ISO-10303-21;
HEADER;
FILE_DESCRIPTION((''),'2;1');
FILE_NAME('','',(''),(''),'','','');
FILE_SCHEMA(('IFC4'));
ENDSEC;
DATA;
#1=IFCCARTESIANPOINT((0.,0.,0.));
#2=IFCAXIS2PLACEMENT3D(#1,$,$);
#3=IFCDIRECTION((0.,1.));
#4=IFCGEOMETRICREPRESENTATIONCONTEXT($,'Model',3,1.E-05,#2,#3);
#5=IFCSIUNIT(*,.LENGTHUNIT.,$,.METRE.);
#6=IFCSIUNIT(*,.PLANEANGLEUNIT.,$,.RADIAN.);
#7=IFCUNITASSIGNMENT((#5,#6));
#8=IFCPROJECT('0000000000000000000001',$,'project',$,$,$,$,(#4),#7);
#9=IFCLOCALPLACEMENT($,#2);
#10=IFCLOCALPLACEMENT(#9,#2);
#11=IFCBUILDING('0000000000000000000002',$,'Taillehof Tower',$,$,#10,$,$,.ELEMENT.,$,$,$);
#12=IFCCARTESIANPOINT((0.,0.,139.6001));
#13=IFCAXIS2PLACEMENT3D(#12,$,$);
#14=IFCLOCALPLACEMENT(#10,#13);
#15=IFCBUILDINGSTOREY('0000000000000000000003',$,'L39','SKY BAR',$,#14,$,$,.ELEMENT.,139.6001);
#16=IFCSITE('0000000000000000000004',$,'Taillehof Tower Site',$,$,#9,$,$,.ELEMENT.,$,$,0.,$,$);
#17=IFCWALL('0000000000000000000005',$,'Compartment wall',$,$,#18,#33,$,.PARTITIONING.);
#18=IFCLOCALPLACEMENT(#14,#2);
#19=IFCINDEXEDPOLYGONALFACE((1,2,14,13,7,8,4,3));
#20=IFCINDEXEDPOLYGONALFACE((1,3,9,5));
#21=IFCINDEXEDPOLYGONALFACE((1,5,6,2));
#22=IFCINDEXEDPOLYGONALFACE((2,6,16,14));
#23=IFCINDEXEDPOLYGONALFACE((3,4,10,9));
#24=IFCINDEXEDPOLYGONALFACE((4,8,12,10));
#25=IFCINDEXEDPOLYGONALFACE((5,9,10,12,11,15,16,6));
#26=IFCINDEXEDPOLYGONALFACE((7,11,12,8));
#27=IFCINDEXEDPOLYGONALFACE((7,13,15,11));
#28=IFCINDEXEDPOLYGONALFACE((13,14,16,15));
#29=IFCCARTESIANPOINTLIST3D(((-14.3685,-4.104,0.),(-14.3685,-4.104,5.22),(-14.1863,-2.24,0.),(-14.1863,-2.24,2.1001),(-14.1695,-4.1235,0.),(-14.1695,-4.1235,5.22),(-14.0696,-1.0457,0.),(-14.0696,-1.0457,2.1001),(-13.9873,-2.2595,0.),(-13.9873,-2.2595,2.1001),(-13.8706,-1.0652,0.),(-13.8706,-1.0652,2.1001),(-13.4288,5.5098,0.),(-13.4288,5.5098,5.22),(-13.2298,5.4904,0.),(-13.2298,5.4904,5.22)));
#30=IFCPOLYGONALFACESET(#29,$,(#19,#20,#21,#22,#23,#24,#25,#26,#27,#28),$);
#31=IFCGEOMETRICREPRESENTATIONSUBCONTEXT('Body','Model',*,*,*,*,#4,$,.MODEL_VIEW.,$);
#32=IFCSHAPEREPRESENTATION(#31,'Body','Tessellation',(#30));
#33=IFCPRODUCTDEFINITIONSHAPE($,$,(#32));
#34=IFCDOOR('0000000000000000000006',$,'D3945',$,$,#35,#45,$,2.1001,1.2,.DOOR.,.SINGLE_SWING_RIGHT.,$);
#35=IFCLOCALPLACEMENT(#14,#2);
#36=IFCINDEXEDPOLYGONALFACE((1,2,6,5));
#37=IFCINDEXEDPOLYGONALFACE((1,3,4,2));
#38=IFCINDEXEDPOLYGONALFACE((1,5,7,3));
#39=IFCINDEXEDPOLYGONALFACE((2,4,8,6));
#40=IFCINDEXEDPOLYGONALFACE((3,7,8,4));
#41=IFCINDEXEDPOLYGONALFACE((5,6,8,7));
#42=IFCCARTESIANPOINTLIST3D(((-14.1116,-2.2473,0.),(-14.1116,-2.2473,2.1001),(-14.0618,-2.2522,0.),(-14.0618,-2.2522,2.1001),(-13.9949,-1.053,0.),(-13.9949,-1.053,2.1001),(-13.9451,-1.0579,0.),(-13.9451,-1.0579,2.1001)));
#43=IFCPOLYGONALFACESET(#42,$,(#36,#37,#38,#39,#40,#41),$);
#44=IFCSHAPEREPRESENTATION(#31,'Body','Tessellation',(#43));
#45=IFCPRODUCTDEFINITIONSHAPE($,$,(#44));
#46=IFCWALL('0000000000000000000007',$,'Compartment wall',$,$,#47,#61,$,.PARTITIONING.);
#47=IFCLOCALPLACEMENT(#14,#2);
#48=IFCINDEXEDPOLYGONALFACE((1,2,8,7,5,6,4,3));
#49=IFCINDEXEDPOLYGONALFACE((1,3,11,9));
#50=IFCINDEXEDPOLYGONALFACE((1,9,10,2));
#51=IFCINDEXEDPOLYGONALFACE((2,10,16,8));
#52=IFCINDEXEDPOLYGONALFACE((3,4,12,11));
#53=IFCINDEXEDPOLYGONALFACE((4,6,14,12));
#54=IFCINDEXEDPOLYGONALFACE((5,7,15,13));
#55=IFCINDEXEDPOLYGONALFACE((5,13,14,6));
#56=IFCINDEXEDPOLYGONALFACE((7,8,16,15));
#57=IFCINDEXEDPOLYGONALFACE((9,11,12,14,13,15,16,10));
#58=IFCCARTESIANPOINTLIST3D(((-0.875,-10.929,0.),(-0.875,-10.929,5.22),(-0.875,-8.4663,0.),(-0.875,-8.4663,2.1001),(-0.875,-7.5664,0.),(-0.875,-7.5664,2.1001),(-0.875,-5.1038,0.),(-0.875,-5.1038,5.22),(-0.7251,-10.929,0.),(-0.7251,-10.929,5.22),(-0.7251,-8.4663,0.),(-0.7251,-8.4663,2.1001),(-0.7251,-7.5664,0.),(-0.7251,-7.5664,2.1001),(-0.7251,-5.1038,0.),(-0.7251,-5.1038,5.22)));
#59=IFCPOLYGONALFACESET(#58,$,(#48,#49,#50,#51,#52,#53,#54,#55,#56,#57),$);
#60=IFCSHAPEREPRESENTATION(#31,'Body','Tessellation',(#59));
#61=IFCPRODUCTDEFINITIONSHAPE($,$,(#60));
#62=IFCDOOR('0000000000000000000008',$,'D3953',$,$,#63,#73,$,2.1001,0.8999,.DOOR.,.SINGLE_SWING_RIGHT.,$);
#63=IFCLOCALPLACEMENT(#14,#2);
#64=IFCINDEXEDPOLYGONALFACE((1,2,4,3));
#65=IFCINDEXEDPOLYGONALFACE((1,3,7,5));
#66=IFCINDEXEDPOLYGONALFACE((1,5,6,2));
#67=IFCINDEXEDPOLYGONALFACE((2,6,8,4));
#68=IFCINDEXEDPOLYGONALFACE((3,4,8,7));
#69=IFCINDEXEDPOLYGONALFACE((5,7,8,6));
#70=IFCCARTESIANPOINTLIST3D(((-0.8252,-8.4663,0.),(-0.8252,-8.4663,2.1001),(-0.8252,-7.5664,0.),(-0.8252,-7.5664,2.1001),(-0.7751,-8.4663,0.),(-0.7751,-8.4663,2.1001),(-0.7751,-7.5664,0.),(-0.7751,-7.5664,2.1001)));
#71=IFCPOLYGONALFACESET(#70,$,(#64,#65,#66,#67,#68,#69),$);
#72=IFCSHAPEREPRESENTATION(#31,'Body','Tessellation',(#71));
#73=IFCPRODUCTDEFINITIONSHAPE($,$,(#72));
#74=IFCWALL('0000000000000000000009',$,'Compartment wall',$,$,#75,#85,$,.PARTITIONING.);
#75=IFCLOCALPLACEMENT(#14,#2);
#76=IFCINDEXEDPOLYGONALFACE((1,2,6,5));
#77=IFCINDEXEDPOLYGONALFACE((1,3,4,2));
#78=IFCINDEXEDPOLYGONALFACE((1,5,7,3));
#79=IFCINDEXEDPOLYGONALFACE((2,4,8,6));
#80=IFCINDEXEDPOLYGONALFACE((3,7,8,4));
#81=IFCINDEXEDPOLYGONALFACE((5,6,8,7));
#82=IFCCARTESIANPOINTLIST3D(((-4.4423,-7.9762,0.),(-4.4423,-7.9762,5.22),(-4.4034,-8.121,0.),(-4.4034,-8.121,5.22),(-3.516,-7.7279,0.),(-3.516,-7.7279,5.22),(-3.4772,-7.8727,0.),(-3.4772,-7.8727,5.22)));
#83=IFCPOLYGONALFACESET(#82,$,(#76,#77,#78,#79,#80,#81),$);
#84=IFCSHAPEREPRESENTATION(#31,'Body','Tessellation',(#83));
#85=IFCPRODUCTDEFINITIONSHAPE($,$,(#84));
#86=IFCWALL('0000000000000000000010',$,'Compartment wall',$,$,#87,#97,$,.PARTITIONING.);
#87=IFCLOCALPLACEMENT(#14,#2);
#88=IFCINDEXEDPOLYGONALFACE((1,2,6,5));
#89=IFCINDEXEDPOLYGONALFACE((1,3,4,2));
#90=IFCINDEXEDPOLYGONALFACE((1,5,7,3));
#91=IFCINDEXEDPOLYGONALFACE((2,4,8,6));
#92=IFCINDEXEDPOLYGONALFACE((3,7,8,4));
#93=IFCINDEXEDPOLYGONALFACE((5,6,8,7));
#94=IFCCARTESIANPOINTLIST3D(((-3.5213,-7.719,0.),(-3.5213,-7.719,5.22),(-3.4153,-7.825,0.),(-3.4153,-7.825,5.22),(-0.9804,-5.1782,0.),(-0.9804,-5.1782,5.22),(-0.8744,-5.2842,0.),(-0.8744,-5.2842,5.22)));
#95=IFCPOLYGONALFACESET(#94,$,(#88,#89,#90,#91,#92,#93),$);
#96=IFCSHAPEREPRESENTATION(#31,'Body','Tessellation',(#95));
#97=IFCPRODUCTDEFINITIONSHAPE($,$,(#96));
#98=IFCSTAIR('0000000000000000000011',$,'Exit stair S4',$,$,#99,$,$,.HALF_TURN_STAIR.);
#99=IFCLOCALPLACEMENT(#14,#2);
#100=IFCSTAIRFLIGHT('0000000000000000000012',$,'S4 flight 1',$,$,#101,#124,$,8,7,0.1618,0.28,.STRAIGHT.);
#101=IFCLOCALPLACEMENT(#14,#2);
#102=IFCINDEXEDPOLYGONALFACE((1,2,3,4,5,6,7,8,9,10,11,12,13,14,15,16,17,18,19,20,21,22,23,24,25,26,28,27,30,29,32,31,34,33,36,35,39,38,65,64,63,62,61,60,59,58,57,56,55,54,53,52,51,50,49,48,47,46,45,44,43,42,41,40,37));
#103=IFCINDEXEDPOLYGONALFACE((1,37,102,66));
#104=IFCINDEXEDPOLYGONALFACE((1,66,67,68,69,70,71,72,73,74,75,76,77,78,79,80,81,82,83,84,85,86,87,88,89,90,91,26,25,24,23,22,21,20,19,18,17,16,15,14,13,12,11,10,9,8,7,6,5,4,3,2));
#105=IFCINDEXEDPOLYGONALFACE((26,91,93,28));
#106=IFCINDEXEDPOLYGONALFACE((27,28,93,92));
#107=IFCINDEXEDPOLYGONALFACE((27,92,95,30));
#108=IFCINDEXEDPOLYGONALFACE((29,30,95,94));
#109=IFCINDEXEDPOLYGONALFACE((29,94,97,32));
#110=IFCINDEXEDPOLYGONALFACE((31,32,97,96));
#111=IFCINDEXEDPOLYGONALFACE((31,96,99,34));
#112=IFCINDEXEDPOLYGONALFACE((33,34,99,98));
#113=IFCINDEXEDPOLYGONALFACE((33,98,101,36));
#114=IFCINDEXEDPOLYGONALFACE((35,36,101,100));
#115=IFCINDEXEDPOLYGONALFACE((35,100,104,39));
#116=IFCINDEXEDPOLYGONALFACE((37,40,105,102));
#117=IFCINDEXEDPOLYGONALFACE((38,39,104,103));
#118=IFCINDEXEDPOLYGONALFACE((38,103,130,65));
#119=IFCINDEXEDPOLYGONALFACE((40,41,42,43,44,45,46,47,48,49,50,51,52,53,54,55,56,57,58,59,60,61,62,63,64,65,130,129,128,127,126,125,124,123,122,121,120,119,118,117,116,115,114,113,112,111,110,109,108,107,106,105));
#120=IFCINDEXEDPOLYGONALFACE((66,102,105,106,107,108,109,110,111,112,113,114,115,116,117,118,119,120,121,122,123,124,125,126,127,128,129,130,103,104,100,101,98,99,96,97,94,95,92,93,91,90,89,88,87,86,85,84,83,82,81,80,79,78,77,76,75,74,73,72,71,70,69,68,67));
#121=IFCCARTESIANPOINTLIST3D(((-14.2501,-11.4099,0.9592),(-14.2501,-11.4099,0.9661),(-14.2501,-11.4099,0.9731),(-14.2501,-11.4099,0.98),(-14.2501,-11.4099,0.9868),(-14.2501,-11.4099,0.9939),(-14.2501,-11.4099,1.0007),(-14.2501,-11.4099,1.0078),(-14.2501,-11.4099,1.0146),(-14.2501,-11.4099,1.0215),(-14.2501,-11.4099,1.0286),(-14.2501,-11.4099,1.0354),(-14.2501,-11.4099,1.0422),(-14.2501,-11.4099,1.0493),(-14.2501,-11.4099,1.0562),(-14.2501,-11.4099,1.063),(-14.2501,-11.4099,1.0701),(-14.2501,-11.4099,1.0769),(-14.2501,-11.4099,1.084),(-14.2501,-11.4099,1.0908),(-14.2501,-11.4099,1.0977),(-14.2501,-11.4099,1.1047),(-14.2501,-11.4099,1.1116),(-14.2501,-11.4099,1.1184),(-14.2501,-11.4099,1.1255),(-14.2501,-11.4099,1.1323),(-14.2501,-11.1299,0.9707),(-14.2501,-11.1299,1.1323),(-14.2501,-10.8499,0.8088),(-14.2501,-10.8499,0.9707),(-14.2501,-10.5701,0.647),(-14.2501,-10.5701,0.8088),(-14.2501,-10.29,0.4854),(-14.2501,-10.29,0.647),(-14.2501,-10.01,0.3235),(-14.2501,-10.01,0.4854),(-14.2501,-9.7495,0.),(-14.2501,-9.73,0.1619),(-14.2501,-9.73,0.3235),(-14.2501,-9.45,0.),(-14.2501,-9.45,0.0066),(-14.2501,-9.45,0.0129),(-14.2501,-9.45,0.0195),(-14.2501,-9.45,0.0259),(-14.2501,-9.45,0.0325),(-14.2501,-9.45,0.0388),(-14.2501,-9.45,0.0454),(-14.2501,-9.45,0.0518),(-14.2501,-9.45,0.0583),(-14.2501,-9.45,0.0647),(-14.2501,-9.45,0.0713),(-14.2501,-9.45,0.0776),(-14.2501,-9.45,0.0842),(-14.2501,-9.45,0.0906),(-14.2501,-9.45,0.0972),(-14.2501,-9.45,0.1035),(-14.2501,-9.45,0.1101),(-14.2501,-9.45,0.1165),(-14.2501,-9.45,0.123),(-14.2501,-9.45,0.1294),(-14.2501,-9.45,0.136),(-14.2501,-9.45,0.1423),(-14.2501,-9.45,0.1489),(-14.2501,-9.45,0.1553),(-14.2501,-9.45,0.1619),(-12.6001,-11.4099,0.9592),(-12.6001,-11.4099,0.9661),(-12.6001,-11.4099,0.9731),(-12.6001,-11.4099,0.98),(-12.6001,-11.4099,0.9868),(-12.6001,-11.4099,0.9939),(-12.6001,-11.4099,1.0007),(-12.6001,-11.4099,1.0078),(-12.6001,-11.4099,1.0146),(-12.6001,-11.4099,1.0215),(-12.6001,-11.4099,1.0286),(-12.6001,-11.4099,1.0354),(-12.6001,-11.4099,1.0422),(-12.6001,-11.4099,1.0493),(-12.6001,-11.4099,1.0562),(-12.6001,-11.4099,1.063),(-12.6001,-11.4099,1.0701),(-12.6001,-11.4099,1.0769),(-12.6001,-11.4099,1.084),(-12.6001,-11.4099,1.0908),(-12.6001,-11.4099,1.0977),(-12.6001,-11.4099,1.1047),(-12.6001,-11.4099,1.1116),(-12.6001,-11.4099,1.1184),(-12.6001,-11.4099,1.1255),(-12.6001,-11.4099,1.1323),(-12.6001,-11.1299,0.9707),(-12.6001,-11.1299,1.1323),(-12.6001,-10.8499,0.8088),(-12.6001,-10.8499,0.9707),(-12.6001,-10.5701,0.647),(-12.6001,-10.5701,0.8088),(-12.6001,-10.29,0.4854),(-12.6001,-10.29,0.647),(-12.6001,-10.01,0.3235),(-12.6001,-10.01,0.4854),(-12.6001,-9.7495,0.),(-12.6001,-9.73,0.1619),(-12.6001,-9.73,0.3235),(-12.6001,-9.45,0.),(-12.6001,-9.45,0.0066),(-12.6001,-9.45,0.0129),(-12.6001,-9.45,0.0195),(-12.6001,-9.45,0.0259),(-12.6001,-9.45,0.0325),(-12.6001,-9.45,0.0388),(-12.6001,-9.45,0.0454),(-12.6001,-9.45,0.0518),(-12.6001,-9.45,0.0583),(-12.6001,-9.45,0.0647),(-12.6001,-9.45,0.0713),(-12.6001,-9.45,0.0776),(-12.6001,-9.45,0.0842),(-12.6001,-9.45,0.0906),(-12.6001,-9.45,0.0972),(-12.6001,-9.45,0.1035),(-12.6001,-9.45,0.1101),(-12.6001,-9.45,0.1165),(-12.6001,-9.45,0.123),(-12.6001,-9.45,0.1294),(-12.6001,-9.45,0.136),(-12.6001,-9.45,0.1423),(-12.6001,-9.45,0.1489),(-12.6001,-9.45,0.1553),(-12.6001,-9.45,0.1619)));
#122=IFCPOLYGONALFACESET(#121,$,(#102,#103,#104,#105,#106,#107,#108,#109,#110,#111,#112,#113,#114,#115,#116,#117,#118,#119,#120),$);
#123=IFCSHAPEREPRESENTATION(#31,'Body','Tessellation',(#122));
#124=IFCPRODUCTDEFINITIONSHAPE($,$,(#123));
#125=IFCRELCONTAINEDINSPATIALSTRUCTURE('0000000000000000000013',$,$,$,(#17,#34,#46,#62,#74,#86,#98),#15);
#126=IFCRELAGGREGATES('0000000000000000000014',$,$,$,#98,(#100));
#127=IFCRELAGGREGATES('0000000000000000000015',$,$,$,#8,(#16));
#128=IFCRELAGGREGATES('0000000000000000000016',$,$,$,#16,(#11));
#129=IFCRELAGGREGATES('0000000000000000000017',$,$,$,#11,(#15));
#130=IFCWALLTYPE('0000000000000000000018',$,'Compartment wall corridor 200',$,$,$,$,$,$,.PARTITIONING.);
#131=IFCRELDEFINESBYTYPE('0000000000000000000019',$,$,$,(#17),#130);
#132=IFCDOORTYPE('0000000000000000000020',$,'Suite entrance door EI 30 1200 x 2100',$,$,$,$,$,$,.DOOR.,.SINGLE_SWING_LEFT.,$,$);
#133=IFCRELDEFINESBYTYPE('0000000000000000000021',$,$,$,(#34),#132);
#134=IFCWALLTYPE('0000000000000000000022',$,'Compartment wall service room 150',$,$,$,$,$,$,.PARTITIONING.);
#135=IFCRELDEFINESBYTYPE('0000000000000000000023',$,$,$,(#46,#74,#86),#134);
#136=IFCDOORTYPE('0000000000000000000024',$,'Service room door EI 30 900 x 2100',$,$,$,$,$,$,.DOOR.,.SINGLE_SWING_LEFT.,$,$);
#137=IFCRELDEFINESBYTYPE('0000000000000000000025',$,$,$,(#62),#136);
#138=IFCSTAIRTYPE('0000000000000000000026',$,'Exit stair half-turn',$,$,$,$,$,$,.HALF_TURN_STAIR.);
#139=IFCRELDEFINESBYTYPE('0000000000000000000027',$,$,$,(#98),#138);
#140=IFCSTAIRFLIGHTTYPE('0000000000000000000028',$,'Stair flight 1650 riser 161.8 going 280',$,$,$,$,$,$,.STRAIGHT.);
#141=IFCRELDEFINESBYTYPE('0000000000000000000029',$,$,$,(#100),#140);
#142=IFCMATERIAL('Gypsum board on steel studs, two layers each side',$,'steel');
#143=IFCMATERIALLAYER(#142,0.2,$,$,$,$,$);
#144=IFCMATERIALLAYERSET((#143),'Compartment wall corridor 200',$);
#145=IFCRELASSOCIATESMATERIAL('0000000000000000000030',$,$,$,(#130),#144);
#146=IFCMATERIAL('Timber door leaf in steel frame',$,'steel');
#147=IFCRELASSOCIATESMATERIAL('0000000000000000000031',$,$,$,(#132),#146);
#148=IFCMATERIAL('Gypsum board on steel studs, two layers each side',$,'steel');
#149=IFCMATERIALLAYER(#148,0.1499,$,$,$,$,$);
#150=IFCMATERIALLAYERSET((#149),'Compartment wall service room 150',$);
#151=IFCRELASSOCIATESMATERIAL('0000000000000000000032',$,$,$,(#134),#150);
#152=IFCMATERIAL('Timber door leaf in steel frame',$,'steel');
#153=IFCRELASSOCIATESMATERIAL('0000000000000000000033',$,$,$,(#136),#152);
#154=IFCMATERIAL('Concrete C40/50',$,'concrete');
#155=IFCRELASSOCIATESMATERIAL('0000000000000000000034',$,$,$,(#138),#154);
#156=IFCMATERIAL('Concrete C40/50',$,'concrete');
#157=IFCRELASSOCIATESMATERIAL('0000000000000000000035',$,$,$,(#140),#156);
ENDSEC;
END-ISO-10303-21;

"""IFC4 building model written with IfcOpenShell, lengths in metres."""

from ifc_helpers import new_model, si_unit, direction, frame, frame_2d, origin, place, context, subcontext, project, spatial, polyline, rectangle, outline, extrude, material, layer, layer_set, type_object, element, fill, aggregate, save


model = new_model("IFC4")

# Units and contexts
model_context = context("Model", 3, precision=1e-05, world=origin(), true_north=direction((0.0, 1.0)))
body_context = subcontext(model_context, "Body", "Model", "MODEL_VIEW")
ifc_project = project(units=[si_unit("LENGTHUNIT", "METRE"), si_unit("PLANEANGLEUNIT", "RADIAN")], contexts=[model_context])

# Site, building, storey
site_placement = place(None, origin())
site = spatial("IfcSite", under=ifc_project, at=site_placement, Name="Taillehof Tower Site", CompositionType="ELEMENT", RefElevation=0.0)
building_placement = place(site_placement, origin())
building = spatial("IfcBuilding", under=site, at=building_placement, Name="Taillehof Tower", CompositionType="ELEMENT")
storey_placement = place(building_placement, frame((0.0, 0.0, 139.6001)))
storey = spatial("IfcBuildingStorey", under=building, at=storey_placement, Name="L39", Description="SKY BAR", CompositionType="ELEMENT", Elevation=139.6001)

# Shared definitions
ifc_material_1 = material(Name="Gypsum board on steel studs, two layers each side", Category="steel")
ifc_layer_1 = layer(ifc_material_1, 0.2)
ifc_layer_set_1 = layer_set([ifc_layer_1], Name="Compartment wall corridor 200")
wall_type_1 = type_object("IfcWallType", Name="Compartment wall corridor 200", PredefinedType="PARTITIONING", material=ifc_layer_set_1)

# Walls, openings, doors
wall_1_placement = place(storey_placement, frame((-14.269, -4.1138, 0.0), z_axis=(0.0, 0.0, 1.0), x_axis=(0.097281, 0.995257, 0.0)))
wall_1 = element("IfcWall", 1, at=wall_1_placement, inside=storey, type_object=wall_type_1, Name="Compartment wall", PredefinedType="PARTITIONING", context=body_context, shape_type="SweptSolid", body=[
    extrude(rectangle(XDim=9.6597, YDim=0.2, at=frame_2d((4.8298, 0.0))), origin(), (0.0, 0.0, 1.0), 5.22),
])
opening_1_placement = place(wall_1_placement, frame((1.8728, 0.0, 0.0)))
opening_1 = element("IfcOpeningElement", 2, at=opening_1_placement, cuts=wall_1, PredefinedType="OPENING", context=body_context, shape_type="SweptSolid", body=[
    extrude(rectangle(XDim=1.2, YDim=2.1001, at=frame_2d((0.6001, 1.05))), frame((0.0, 0.1099, 0.0), z_axis=(0.0, -1.0, 0.0), x_axis=(1.0, 0.0, 0.0)), (0.0, 0.0, 1.0), 0.22),
])
ifc_material_2 = material(Name="Timber door leaf in steel frame", Category="steel")
door_type_1 = type_object("IfcDoorType", Name="Suite entrance door EI 30 1200 x 2100", OperationType="SINGLE_SWING_LEFT", PredefinedType="DOOR", material=ifc_material_2)
door_1_placement = place(opening_1_placement, origin())
door_1 = element("IfcDoor", 3, at=door_1_placement, inside=storey, type_object=door_type_1, Name="D3945", OperationType="SINGLE_SWING_RIGHT", OverallHeight=2.1001, OverallWidth=1.2, PredefinedType="DOOR", context=body_context, shape_type="SweptSolid", body=[
    extrude(rectangle(XDim=1.2, YDim=2.1001, at=frame_2d((0.6001, 1.05))), frame((0.0, 0.0249, 0.0), z_axis=(0.0, -1.0, 0.0), x_axis=(1.0, 0.0, 0.0)), (0.0, 0.0, 1.0), 0.05),
])
fill(opening_1, door_1)
ifc_material_3 = material(Name="Gypsum board on steel studs, two layers each side", Category="steel")
ifc_layer_2 = layer(ifc_material_3, 0.1499)
ifc_layer_set_2 = layer_set([ifc_layer_2], Name="Compartment wall service room 150")
wall_type_2 = type_object("IfcWallType", Name="Compartment wall service room 150", PredefinedType="PARTITIONING", material=ifc_layer_set_2)
wall_2_placement = place(storey_placement, frame((-0.8, -5.1038, 0.0), z_axis=(0.0, 0.0, 1.0), x_axis=(0.0, -1.0, 0.0)))
wall_2 = element("IfcWall", 4, at=wall_2_placement, inside=storey, type_object=wall_type_2, Name="Compartment wall", PredefinedType="PARTITIONING", context=body_context, shape_type="SweptSolid", body=[
    extrude(rectangle(XDim=5.8252, YDim=0.1499, at=frame_2d((2.9126, 0.0))), origin(), (0.0, 0.0, 1.0), 5.22),
])
opening_2_placement = place(wall_2_placement, frame((2.4626, 0.0, 0.0)))
opening_2 = element("IfcOpeningElement", 5, at=opening_2_placement, cuts=wall_2, PredefinedType="OPENING", context=body_context, shape_type="SweptSolid", body=[
    extrude(rectangle(XDim=0.8999, YDim=2.1001, at=frame_2d((0.45, 1.05))), frame((0.0, 0.085, 0.0), z_axis=(0.0, -1.0, 0.0), x_axis=(1.0, 0.0, 0.0)), (0.0, 0.0, 1.0), 0.1699),
])
ifc_material_4 = material(Name="Timber door leaf in steel frame", Category="steel")
door_type_2 = type_object("IfcDoorType", Name="Service room door EI 30 900 x 2100", OperationType="SINGLE_SWING_LEFT", PredefinedType="DOOR", material=ifc_material_4)
door_2_placement = place(opening_2_placement, origin())
door_2 = element("IfcDoor", 6, at=door_2_placement, inside=storey, type_object=door_type_2, Name="D3953", OperationType="SINGLE_SWING_RIGHT", OverallHeight=2.1001, OverallWidth=0.8999, PredefinedType="DOOR", context=body_context, shape_type="SweptSolid", body=[
    extrude(rectangle(XDim=0.8999, YDim=2.1001, at=frame_2d((0.45, 1.05))), frame((0.0, 0.0249, 0.0), z_axis=(0.0, -1.0, 0.0), x_axis=(1.0, 0.0, 0.0)), (0.0, 0.0, 1.0), 0.05),
])
fill(opening_2, door_2)

# Walls
wall_3_placement = place(storey_placement, frame((-4.4229, -8.0486, 0.0), z_axis=(0.0, 0.0, 1.0), x_axis=(0.9659, 0.258914, 0.0)))
element("IfcWall", 7, at=wall_3_placement, inside=storey, type_object=wall_type_2, Name="Compartment wall", PredefinedType="PARTITIONING", context=body_context, shape_type="SweptSolid", body=[
    extrude(rectangle(XDim=0.959, YDim=0.1499, at=frame_2d((0.4795, 0.0))), origin(), (0.0, 0.0, 1.0), 5.22),
])
wall_4_placement = place(storey_placement, frame((-3.4683, -7.772, 0.0), z_axis=(0.0, 0.0, 1.0), x_axis=(0.707107, 0.707107, 0.0)))
element("IfcWall", 8, at=wall_4_placement, inside=storey, type_object=wall_type_2, Name="Compartment wall", PredefinedType="PARTITIONING", context=body_context, shape_type="SweptSolid", body=[
    extrude(rectangle(XDim=3.5933, YDim=0.1499, at=frame_2d((1.7966, 0.0))), origin(), (0.0, 0.0, 1.0), 5.22),
])

# Stair, stair flight
ifc_material_5 = material(Name="Concrete C40/50", Category="concrete")
stair_type = type_object("IfcStairType", Name="Exit stair half-turn", PredefinedType="HALF_TURN_STAIR", material=ifc_material_5)
stair_placement = place(storey_placement, origin())
stair = element("IfcStair", 9, at=stair_placement, inside=storey, type_object=stair_type, Name="Exit stair S4", PredefinedType="HALF_TURN_STAIR")
ifc_material_6 = material(Name="Concrete C40/50", Category="concrete")
stair_flight_type = type_object("IfcStairFlightType", Name="Stair flight 1650 riser 161.8 going 280", PredefinedType="STRAIGHT", material=ifc_material_6)
stair_flight_1_placement = place(storey_placement, frame((-13.425, -9.45, 0.0), z_axis=(0.0, 0.0, 1.0), x_axis=(0.0, -1.0, 0.0)))
stair_flight_1 = element("IfcStairFlight", 10, at=stair_flight_1_placement, type_object=stair_flight_type, Name="S4 flight 1", NumberOfRisers=8, NumberOfTreads=7, PredefinedType="STRAIGHT", RiserHeight=0.1618, TreadLength=0.28, context=body_context, shape_type="SweptSolid", body=[
    extrude(outline(polyline([(0.0, 0.0), (0.0, 0.0066), (0.0, 0.0129), (0.0, 0.0195), (0.0, 0.0259), (0.0, 0.0325), (0.0, 0.0388), (0.0, 0.0454), (0.0, 0.0518), (0.0, 0.0583), (0.0, 0.0647), (0.0, 0.0713), (0.0, 0.0776), (0.0, 0.0842), (0.0, 0.0906), (0.0, 0.0972), (0.0, 0.1035), (0.0, 0.1101), (0.0, 0.1165), (0.0, 0.123), (0.0, 0.1294), (0.0, 0.136), (0.0, 0.1423), (0.0, 0.1489), (0.0, 0.1553), (0.0, 0.1619), (0.28, 0.1619), (0.28, 0.3235), (0.5601, 0.3235), (0.5601, 0.4854), (0.8401, 0.4854), (0.8401, 0.647), (1.1201, 0.647), (1.1201, 0.8088), (1.3999, 0.8088), (1.3999, 0.9707), (1.6799, 0.9707), (1.6799, 1.1323), (1.96, 1.1323), (1.96, 1.1255), (1.96, 1.1184), (1.96, 1.1116), (1.96, 1.1047), (1.96, 1.0977), (1.96, 1.0908), (1.96, 1.084), (1.96, 1.0769), (1.96, 1.0701), (1.96, 1.063), (1.96, 1.0562), (1.96, 1.0493), (1.96, 1.0422), (1.96, 1.0354), (1.96, 1.0286), (1.96, 1.0215), (1.96, 1.0146), (1.96, 1.0078), (1.96, 1.0007), (1.96, 0.9939), (1.96, 0.9868), (1.96, 0.98), (1.96, 0.9731), (1.96, 0.9661), (1.96, 0.9592), (0.2996, 0.0), (0.0, 0.0)])), frame((0.0, 0.825, 0.0), z_axis=(0.0, -1.0, 0.0), x_axis=(1.0, 0.0, 0.0)), (0.0, 0.0, 1.0), 1.65),
])
aggregate(stair, [stair_flight_1])

save(model, "model.ifc")
